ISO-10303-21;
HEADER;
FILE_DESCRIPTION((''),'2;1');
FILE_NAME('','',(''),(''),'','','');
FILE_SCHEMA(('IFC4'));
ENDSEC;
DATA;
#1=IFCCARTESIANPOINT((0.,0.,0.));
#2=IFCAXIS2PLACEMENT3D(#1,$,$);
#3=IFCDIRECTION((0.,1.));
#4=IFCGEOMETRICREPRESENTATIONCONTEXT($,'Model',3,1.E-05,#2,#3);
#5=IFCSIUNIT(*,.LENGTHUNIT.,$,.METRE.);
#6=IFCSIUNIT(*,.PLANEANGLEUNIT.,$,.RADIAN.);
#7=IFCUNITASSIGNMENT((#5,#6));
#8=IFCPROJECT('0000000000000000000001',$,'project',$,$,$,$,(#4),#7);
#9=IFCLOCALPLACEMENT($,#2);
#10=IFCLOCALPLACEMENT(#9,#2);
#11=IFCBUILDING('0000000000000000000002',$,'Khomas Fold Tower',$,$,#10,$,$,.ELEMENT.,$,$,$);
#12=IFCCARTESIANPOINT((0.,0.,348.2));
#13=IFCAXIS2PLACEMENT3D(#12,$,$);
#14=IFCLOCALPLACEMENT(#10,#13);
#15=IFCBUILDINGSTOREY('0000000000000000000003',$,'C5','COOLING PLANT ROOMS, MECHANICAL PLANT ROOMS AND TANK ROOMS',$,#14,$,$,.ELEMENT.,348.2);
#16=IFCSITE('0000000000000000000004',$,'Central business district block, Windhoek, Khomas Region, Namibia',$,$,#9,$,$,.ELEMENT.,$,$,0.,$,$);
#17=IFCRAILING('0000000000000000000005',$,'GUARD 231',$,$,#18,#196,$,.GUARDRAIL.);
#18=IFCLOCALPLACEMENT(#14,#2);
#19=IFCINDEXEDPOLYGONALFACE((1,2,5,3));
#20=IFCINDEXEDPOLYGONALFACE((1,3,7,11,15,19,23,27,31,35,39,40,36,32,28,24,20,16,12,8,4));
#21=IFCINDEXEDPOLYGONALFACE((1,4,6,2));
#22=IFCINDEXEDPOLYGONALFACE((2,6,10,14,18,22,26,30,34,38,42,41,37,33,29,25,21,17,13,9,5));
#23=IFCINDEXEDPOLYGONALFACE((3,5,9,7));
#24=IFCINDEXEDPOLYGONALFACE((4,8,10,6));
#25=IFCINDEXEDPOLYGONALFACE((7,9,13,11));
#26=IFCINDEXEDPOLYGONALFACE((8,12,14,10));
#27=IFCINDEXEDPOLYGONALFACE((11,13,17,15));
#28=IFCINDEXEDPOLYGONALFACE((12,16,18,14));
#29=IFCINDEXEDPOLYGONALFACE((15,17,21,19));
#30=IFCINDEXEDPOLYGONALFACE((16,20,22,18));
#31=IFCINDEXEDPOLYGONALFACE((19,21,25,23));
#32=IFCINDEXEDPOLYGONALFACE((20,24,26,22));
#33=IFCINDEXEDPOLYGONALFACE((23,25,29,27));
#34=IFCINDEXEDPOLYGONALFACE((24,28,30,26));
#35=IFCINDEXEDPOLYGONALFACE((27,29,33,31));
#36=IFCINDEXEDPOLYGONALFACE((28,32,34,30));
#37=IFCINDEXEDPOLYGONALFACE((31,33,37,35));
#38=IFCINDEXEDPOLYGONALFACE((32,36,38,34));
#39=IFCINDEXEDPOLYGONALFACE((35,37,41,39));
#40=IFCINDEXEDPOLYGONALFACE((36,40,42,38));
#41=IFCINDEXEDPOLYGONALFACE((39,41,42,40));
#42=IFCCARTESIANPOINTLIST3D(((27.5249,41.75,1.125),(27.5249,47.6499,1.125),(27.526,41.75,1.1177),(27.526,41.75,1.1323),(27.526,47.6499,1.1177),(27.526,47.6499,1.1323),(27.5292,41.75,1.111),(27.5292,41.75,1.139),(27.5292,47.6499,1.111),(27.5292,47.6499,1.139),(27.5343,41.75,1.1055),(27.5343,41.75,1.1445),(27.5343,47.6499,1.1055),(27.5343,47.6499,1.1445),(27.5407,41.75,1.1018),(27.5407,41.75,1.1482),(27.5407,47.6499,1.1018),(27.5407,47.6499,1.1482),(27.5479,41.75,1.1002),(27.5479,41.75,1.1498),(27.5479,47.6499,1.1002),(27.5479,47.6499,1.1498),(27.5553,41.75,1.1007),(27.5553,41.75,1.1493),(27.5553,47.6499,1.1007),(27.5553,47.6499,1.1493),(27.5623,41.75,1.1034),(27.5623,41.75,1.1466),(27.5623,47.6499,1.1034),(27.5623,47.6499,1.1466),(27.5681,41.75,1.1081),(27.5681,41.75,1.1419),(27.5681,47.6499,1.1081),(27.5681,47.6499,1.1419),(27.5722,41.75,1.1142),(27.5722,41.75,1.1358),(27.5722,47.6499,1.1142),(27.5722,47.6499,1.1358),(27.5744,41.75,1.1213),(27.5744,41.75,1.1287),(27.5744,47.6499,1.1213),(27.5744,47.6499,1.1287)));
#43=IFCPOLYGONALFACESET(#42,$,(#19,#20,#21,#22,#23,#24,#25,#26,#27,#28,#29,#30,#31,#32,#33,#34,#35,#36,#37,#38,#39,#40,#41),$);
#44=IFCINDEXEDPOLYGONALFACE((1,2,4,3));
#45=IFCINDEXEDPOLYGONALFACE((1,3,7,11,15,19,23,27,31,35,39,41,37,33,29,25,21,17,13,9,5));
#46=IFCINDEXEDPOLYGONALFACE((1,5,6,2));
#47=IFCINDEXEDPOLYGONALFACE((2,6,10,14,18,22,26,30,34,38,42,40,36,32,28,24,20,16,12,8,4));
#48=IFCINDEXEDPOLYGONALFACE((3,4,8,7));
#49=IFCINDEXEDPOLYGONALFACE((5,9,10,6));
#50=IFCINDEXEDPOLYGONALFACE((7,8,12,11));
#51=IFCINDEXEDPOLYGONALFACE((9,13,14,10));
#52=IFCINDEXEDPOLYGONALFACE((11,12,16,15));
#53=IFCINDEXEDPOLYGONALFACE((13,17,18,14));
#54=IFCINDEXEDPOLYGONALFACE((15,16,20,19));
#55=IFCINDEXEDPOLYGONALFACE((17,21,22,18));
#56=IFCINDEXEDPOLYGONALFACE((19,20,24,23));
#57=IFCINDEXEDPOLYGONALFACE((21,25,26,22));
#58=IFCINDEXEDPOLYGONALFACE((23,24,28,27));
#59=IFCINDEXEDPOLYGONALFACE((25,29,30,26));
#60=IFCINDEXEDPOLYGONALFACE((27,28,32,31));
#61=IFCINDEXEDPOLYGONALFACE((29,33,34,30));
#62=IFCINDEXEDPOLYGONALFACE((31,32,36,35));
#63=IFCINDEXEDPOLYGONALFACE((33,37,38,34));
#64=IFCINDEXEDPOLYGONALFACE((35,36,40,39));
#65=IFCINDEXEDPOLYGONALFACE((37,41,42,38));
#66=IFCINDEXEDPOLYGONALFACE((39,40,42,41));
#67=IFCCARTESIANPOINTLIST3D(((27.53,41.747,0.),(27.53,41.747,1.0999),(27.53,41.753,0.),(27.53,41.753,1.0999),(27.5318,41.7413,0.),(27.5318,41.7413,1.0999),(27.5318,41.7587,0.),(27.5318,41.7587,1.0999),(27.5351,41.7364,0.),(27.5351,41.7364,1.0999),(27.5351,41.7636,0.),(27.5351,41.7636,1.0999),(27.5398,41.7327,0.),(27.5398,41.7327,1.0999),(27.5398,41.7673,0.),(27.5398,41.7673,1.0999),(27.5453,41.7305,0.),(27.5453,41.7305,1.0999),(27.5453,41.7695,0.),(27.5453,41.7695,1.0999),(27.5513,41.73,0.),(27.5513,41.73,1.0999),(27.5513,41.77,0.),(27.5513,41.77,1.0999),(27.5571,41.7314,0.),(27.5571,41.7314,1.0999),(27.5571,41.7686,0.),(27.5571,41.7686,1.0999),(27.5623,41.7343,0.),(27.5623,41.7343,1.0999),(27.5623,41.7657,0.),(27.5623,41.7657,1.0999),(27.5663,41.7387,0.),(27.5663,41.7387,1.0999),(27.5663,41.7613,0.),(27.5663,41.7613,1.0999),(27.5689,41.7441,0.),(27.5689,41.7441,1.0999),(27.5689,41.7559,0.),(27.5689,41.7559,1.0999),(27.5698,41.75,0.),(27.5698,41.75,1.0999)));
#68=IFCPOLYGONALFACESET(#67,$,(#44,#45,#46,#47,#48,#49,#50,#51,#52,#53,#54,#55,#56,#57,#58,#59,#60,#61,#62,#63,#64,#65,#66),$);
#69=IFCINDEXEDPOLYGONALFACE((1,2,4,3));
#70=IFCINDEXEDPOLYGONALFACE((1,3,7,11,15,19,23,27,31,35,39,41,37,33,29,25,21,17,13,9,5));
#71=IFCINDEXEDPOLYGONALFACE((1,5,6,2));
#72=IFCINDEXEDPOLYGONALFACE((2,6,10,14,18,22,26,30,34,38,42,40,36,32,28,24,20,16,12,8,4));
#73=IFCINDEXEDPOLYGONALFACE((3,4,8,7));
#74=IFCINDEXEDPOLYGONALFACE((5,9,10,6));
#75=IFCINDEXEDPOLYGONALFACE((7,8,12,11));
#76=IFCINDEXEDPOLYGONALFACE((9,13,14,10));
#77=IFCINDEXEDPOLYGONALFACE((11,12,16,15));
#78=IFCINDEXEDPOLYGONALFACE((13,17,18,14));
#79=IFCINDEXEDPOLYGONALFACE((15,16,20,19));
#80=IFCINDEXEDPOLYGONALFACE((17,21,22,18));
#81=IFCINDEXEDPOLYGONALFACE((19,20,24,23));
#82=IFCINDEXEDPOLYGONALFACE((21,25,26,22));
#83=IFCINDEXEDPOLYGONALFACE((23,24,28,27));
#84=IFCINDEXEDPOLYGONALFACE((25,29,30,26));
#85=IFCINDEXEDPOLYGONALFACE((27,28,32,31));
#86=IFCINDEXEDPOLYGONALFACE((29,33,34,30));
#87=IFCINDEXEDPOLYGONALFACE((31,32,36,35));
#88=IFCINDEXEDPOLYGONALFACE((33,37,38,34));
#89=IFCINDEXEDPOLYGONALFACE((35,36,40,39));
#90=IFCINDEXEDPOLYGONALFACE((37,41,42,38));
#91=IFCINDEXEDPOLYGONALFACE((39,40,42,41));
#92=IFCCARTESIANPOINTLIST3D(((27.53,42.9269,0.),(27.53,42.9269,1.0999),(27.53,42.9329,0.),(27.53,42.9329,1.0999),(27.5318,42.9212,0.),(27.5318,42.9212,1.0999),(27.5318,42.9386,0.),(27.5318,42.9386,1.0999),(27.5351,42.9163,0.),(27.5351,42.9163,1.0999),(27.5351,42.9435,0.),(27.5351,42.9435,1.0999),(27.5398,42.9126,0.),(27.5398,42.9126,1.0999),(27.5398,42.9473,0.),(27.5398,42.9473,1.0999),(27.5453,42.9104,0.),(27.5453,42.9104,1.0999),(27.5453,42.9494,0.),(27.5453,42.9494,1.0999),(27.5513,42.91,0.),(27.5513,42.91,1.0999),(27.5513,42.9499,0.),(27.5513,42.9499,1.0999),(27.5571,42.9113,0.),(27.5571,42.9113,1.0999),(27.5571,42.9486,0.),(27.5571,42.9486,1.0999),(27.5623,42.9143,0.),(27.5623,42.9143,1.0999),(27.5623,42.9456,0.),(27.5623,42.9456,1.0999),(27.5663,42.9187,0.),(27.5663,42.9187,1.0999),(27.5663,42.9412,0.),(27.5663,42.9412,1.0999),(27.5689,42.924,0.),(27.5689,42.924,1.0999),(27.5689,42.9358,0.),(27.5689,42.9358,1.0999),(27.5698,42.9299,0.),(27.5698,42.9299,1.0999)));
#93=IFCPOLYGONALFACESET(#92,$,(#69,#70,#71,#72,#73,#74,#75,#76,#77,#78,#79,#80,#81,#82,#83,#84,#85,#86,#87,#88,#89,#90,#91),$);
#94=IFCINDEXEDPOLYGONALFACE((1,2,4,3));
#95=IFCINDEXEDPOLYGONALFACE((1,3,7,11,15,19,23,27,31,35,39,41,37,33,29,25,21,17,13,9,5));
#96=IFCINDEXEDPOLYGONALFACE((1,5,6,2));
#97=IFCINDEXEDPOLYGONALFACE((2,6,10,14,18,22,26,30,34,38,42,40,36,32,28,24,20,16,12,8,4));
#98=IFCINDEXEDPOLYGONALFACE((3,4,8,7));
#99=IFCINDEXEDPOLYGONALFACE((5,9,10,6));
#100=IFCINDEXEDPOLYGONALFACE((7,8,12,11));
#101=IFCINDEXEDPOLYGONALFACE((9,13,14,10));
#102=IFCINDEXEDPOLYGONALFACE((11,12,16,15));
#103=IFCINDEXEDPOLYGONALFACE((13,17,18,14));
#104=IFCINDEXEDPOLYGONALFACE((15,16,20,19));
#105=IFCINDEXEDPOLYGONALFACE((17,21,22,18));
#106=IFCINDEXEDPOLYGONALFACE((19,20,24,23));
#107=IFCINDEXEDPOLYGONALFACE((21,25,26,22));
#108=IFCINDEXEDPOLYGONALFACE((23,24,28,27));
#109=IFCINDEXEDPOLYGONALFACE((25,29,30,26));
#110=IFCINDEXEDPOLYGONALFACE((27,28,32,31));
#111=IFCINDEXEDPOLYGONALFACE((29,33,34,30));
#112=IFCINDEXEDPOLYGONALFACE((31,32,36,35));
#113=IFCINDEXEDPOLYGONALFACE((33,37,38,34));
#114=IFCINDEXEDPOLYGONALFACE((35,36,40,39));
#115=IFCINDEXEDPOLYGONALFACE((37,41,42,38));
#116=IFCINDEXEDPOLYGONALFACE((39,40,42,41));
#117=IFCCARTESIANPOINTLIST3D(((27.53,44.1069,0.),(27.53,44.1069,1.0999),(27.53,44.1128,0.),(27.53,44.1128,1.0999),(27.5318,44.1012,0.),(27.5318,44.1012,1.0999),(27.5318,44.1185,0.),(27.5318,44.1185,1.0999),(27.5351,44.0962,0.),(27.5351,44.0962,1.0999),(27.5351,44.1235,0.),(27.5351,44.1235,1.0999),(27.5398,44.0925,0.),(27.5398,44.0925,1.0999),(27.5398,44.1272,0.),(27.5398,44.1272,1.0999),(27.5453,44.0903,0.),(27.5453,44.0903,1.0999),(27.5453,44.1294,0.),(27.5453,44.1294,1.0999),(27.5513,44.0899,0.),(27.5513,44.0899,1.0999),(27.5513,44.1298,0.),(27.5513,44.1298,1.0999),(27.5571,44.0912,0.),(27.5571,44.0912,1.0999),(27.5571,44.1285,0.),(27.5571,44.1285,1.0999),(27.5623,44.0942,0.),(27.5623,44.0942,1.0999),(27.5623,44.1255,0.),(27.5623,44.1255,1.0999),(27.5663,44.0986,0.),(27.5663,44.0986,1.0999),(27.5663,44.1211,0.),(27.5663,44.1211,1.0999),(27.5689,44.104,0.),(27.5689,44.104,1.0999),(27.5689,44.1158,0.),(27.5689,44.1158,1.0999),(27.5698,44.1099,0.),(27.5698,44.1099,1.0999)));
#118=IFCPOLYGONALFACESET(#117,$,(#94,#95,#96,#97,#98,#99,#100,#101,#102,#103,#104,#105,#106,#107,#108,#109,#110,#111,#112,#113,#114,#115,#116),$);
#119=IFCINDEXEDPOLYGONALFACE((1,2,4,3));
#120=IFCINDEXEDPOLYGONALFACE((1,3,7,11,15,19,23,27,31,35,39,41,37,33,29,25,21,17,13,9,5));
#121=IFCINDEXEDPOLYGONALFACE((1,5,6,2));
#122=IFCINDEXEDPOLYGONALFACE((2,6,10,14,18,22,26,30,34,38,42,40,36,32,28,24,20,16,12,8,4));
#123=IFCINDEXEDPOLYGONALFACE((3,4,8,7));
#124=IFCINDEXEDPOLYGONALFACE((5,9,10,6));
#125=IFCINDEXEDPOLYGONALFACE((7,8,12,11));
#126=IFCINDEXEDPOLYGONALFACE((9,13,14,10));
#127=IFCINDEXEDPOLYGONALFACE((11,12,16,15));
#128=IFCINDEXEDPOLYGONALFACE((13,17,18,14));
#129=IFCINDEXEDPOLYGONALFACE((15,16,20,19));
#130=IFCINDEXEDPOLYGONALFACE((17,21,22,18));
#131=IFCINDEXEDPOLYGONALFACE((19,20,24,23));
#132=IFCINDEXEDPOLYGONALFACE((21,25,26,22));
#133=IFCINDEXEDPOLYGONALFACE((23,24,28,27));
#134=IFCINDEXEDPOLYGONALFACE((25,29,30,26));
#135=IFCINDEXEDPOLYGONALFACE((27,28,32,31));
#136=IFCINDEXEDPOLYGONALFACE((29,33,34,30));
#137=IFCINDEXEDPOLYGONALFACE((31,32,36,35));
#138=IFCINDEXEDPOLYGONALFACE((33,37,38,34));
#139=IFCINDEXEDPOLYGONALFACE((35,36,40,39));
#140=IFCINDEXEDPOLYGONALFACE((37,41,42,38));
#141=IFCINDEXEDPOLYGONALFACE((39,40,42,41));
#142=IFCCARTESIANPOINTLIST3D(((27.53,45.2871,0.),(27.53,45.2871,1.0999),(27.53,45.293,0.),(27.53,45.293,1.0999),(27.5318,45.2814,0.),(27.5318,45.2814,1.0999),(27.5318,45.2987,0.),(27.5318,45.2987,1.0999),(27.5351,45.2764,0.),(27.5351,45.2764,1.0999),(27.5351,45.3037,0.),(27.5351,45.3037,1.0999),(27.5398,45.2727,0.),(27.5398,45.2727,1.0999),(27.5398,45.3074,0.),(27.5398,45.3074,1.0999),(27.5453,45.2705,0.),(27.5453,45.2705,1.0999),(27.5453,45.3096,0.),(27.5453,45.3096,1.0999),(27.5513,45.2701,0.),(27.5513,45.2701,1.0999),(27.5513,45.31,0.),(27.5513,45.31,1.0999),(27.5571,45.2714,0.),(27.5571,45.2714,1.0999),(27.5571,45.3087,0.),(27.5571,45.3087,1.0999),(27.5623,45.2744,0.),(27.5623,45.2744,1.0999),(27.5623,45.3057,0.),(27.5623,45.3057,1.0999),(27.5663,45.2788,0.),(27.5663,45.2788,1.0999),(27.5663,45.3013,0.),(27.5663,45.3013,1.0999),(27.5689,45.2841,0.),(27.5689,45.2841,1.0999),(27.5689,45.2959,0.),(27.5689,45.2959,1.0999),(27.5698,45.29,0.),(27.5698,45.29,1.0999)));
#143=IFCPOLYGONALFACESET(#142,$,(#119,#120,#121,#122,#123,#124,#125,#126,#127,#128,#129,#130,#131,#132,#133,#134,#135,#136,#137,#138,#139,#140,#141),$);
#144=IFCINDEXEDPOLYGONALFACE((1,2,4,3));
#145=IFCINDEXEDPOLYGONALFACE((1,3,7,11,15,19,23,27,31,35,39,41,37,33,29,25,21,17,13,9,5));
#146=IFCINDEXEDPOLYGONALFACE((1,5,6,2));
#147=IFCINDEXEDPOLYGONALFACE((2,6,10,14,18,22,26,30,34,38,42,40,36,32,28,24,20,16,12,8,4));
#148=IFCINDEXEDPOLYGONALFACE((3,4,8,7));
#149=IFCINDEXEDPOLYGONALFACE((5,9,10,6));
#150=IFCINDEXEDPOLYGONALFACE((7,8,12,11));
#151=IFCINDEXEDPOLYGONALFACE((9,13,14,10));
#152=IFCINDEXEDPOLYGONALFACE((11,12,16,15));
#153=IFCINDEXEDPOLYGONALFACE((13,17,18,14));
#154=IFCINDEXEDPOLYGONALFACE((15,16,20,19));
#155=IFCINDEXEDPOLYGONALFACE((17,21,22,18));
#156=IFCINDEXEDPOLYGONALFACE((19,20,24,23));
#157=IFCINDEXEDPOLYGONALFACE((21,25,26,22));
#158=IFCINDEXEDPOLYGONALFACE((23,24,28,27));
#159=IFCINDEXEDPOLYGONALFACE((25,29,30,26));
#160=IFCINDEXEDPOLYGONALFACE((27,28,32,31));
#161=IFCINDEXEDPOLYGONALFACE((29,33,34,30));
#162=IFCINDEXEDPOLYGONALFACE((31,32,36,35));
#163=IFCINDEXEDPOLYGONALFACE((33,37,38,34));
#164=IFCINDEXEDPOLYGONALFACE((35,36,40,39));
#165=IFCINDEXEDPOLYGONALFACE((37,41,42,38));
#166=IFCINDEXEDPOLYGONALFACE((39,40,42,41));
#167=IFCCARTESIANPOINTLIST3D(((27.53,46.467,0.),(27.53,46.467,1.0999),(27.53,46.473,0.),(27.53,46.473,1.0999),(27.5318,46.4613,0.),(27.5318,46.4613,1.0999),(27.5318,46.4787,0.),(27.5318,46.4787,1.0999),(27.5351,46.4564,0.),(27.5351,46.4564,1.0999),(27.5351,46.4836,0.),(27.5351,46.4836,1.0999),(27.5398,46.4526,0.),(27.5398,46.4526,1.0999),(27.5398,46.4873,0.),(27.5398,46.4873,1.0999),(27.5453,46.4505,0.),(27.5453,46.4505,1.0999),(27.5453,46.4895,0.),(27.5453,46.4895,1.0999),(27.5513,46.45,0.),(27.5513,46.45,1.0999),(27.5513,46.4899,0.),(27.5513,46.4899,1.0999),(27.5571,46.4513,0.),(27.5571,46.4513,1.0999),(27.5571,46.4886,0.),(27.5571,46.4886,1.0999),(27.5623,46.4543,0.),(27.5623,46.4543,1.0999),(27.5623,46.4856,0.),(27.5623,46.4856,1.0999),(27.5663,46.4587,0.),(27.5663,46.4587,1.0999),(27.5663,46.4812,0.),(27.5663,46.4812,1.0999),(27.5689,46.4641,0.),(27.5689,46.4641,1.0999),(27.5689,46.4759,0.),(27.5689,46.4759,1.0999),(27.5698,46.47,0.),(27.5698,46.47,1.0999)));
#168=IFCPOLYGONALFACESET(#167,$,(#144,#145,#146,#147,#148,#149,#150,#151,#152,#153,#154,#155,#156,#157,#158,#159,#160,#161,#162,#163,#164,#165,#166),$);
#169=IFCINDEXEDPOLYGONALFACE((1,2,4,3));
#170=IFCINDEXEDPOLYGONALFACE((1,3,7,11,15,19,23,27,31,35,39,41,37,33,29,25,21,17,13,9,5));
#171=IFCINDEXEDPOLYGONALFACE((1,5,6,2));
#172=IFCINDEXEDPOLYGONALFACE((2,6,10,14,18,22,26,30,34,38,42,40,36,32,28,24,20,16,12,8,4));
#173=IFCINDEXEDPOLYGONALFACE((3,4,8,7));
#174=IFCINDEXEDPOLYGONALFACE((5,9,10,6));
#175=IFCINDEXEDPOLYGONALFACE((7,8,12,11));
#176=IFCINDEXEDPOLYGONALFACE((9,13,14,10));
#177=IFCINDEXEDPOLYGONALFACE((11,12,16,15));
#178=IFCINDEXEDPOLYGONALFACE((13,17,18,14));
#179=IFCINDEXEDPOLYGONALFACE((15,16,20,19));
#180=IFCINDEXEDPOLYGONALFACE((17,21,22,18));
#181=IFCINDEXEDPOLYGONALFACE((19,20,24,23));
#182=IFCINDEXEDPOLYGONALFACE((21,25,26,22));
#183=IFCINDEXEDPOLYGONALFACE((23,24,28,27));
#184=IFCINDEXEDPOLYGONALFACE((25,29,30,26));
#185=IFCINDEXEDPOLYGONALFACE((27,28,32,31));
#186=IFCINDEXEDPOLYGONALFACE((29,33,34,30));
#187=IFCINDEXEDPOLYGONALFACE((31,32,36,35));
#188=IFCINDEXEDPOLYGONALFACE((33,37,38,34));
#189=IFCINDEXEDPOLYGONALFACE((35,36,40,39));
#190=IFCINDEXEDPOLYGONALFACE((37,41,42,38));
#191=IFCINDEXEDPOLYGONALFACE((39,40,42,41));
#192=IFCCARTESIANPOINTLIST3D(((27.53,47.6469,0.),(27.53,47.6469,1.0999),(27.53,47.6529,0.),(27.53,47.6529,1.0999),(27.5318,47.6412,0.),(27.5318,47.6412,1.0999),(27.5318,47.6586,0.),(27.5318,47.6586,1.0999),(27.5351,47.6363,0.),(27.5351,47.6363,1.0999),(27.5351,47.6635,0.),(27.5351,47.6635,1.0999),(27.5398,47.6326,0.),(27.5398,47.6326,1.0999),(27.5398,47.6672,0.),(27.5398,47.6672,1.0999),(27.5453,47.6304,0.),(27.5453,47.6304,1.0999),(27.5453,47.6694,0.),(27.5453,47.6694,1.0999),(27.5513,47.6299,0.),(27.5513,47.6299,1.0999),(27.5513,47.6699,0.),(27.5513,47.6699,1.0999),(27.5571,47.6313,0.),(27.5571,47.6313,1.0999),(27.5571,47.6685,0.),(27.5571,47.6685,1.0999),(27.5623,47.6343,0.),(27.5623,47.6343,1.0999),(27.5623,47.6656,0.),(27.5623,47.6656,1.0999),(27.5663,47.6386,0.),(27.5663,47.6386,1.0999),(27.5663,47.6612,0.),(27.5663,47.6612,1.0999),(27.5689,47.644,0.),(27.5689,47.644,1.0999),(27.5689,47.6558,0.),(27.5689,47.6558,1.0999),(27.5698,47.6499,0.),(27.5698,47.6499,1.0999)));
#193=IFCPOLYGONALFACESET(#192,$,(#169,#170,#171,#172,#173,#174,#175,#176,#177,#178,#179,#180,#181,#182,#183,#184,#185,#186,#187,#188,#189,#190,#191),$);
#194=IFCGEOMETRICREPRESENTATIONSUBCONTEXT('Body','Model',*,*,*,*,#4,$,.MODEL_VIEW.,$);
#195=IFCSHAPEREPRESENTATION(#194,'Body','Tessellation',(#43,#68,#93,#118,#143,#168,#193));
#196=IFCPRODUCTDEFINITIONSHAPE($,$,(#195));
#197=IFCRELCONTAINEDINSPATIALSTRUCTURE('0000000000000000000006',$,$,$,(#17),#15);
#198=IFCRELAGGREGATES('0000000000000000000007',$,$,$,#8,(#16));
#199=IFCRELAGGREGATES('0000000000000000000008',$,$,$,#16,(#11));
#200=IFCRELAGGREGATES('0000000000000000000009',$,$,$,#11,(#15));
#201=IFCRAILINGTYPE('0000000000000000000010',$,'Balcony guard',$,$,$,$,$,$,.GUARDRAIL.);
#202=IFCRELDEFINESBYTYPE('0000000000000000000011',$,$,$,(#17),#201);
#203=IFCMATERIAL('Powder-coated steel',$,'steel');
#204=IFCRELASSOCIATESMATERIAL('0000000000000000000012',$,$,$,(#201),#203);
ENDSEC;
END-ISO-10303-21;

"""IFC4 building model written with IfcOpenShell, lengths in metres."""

from ifc_helpers import new_model, si_unit, direction, frame, origin, origin_2d, place, context, subcontext, project, spatial, circle, extrude, source, transform, mapped, material, type_object, element, save


model = new_model("IFC4")

# Units and contexts
model_context = context("Model", 3, precision=1e-05, world=origin(), true_north=direction((0.0, 1.0)))
body_context = subcontext(model_context, "Body", "Model", "MODEL_VIEW")
ifc_project = project(units=[si_unit("LENGTHUNIT", "METRE"), si_unit("PLANEANGLEUNIT", "RADIAN")], contexts=[model_context])

# Site, building, storey
site_placement = place(None, origin())
site = spatial("IfcSite", under=ifc_project, at=site_placement, Name="Central business district block, Windhoek, Khomas Region, Namibia", CompositionType="ELEMENT", RefElevation=0.0)
building_placement = place(site_placement, origin())
building = spatial("IfcBuilding", under=site, at=building_placement, Name="Khomas Fold Tower", CompositionType="ELEMENT")
storey_placement = place(building_placement, frame((0.0, 0.0, 348.2)))
storey = spatial("IfcBuildingStorey", under=building, at=storey_placement, Name="C5", Description="COOLING PLANT ROOMS, MECHANICAL PLANT ROOMS AND TANK ROOMS", CompositionType="ELEMENT", Elevation=348.2)

# Railing
ifc_material_1 = material(Name="Powder-coated steel", Category="steel")
railing_type_1 = type_object("IfcRailingType", Name="Balcony guard", PredefinedType="GUARDRAIL", material=ifc_material_1)
shared_shape_1 = source(origin(), body_context, "Body", "SweptSolid", [
    extrude(circle(Radius=0.0249, at=origin_2d()), frame((0.0, 0.0, 1.125), z_axis=(0.0, 1.0, 0.0), x_axis=(-1.0, 0.0, 0.0)), (0.0, 0.0, 1.0), 5.8999),
    extrude(circle(Radius=0.02, at=origin_2d()), origin(), (0.0, 0.0, 1.0), 1.0999),
    extrude(circle(Radius=0.02, at=origin_2d()), frame((0.0, 1.1799, 0.0)), (0.0, 0.0, 1.0), 1.0999),
    extrude(circle(Radius=0.02, at=origin_2d()), frame((0.0, 2.3599, 0.0)), (0.0, 0.0, 1.0), 1.0999),
    extrude(circle(Radius=0.02, at=origin_2d()), frame((0.0, 3.54, 0.0)), (0.0, 0.0, 1.0), 1.0999),
    extrude(circle(Radius=0.02, at=origin_2d()), frame((0.0, 4.72, 0.0)), (0.0, 0.0, 1.0), 1.0999),
    extrude(circle(Radius=0.02, at=origin_2d()), frame((0.0, 5.8999, 0.0)), (0.0, 0.0, 1.0), 1.0999),
])
railing_1_placement = place(storey_placement, frame((27.5498, 41.75, 0.0)))
element("IfcRailing", 1, at=railing_1_placement, inside=storey, type_object=railing_type_1, Name="GUARD 231", PredefinedType="GUARDRAIL", context=body_context, shape_type="MappedRepresentation", body=[
    mapped(shared_shape_1, transform((0.0, 0.0, 0.0))),
])

save(model, "model.ifc")
